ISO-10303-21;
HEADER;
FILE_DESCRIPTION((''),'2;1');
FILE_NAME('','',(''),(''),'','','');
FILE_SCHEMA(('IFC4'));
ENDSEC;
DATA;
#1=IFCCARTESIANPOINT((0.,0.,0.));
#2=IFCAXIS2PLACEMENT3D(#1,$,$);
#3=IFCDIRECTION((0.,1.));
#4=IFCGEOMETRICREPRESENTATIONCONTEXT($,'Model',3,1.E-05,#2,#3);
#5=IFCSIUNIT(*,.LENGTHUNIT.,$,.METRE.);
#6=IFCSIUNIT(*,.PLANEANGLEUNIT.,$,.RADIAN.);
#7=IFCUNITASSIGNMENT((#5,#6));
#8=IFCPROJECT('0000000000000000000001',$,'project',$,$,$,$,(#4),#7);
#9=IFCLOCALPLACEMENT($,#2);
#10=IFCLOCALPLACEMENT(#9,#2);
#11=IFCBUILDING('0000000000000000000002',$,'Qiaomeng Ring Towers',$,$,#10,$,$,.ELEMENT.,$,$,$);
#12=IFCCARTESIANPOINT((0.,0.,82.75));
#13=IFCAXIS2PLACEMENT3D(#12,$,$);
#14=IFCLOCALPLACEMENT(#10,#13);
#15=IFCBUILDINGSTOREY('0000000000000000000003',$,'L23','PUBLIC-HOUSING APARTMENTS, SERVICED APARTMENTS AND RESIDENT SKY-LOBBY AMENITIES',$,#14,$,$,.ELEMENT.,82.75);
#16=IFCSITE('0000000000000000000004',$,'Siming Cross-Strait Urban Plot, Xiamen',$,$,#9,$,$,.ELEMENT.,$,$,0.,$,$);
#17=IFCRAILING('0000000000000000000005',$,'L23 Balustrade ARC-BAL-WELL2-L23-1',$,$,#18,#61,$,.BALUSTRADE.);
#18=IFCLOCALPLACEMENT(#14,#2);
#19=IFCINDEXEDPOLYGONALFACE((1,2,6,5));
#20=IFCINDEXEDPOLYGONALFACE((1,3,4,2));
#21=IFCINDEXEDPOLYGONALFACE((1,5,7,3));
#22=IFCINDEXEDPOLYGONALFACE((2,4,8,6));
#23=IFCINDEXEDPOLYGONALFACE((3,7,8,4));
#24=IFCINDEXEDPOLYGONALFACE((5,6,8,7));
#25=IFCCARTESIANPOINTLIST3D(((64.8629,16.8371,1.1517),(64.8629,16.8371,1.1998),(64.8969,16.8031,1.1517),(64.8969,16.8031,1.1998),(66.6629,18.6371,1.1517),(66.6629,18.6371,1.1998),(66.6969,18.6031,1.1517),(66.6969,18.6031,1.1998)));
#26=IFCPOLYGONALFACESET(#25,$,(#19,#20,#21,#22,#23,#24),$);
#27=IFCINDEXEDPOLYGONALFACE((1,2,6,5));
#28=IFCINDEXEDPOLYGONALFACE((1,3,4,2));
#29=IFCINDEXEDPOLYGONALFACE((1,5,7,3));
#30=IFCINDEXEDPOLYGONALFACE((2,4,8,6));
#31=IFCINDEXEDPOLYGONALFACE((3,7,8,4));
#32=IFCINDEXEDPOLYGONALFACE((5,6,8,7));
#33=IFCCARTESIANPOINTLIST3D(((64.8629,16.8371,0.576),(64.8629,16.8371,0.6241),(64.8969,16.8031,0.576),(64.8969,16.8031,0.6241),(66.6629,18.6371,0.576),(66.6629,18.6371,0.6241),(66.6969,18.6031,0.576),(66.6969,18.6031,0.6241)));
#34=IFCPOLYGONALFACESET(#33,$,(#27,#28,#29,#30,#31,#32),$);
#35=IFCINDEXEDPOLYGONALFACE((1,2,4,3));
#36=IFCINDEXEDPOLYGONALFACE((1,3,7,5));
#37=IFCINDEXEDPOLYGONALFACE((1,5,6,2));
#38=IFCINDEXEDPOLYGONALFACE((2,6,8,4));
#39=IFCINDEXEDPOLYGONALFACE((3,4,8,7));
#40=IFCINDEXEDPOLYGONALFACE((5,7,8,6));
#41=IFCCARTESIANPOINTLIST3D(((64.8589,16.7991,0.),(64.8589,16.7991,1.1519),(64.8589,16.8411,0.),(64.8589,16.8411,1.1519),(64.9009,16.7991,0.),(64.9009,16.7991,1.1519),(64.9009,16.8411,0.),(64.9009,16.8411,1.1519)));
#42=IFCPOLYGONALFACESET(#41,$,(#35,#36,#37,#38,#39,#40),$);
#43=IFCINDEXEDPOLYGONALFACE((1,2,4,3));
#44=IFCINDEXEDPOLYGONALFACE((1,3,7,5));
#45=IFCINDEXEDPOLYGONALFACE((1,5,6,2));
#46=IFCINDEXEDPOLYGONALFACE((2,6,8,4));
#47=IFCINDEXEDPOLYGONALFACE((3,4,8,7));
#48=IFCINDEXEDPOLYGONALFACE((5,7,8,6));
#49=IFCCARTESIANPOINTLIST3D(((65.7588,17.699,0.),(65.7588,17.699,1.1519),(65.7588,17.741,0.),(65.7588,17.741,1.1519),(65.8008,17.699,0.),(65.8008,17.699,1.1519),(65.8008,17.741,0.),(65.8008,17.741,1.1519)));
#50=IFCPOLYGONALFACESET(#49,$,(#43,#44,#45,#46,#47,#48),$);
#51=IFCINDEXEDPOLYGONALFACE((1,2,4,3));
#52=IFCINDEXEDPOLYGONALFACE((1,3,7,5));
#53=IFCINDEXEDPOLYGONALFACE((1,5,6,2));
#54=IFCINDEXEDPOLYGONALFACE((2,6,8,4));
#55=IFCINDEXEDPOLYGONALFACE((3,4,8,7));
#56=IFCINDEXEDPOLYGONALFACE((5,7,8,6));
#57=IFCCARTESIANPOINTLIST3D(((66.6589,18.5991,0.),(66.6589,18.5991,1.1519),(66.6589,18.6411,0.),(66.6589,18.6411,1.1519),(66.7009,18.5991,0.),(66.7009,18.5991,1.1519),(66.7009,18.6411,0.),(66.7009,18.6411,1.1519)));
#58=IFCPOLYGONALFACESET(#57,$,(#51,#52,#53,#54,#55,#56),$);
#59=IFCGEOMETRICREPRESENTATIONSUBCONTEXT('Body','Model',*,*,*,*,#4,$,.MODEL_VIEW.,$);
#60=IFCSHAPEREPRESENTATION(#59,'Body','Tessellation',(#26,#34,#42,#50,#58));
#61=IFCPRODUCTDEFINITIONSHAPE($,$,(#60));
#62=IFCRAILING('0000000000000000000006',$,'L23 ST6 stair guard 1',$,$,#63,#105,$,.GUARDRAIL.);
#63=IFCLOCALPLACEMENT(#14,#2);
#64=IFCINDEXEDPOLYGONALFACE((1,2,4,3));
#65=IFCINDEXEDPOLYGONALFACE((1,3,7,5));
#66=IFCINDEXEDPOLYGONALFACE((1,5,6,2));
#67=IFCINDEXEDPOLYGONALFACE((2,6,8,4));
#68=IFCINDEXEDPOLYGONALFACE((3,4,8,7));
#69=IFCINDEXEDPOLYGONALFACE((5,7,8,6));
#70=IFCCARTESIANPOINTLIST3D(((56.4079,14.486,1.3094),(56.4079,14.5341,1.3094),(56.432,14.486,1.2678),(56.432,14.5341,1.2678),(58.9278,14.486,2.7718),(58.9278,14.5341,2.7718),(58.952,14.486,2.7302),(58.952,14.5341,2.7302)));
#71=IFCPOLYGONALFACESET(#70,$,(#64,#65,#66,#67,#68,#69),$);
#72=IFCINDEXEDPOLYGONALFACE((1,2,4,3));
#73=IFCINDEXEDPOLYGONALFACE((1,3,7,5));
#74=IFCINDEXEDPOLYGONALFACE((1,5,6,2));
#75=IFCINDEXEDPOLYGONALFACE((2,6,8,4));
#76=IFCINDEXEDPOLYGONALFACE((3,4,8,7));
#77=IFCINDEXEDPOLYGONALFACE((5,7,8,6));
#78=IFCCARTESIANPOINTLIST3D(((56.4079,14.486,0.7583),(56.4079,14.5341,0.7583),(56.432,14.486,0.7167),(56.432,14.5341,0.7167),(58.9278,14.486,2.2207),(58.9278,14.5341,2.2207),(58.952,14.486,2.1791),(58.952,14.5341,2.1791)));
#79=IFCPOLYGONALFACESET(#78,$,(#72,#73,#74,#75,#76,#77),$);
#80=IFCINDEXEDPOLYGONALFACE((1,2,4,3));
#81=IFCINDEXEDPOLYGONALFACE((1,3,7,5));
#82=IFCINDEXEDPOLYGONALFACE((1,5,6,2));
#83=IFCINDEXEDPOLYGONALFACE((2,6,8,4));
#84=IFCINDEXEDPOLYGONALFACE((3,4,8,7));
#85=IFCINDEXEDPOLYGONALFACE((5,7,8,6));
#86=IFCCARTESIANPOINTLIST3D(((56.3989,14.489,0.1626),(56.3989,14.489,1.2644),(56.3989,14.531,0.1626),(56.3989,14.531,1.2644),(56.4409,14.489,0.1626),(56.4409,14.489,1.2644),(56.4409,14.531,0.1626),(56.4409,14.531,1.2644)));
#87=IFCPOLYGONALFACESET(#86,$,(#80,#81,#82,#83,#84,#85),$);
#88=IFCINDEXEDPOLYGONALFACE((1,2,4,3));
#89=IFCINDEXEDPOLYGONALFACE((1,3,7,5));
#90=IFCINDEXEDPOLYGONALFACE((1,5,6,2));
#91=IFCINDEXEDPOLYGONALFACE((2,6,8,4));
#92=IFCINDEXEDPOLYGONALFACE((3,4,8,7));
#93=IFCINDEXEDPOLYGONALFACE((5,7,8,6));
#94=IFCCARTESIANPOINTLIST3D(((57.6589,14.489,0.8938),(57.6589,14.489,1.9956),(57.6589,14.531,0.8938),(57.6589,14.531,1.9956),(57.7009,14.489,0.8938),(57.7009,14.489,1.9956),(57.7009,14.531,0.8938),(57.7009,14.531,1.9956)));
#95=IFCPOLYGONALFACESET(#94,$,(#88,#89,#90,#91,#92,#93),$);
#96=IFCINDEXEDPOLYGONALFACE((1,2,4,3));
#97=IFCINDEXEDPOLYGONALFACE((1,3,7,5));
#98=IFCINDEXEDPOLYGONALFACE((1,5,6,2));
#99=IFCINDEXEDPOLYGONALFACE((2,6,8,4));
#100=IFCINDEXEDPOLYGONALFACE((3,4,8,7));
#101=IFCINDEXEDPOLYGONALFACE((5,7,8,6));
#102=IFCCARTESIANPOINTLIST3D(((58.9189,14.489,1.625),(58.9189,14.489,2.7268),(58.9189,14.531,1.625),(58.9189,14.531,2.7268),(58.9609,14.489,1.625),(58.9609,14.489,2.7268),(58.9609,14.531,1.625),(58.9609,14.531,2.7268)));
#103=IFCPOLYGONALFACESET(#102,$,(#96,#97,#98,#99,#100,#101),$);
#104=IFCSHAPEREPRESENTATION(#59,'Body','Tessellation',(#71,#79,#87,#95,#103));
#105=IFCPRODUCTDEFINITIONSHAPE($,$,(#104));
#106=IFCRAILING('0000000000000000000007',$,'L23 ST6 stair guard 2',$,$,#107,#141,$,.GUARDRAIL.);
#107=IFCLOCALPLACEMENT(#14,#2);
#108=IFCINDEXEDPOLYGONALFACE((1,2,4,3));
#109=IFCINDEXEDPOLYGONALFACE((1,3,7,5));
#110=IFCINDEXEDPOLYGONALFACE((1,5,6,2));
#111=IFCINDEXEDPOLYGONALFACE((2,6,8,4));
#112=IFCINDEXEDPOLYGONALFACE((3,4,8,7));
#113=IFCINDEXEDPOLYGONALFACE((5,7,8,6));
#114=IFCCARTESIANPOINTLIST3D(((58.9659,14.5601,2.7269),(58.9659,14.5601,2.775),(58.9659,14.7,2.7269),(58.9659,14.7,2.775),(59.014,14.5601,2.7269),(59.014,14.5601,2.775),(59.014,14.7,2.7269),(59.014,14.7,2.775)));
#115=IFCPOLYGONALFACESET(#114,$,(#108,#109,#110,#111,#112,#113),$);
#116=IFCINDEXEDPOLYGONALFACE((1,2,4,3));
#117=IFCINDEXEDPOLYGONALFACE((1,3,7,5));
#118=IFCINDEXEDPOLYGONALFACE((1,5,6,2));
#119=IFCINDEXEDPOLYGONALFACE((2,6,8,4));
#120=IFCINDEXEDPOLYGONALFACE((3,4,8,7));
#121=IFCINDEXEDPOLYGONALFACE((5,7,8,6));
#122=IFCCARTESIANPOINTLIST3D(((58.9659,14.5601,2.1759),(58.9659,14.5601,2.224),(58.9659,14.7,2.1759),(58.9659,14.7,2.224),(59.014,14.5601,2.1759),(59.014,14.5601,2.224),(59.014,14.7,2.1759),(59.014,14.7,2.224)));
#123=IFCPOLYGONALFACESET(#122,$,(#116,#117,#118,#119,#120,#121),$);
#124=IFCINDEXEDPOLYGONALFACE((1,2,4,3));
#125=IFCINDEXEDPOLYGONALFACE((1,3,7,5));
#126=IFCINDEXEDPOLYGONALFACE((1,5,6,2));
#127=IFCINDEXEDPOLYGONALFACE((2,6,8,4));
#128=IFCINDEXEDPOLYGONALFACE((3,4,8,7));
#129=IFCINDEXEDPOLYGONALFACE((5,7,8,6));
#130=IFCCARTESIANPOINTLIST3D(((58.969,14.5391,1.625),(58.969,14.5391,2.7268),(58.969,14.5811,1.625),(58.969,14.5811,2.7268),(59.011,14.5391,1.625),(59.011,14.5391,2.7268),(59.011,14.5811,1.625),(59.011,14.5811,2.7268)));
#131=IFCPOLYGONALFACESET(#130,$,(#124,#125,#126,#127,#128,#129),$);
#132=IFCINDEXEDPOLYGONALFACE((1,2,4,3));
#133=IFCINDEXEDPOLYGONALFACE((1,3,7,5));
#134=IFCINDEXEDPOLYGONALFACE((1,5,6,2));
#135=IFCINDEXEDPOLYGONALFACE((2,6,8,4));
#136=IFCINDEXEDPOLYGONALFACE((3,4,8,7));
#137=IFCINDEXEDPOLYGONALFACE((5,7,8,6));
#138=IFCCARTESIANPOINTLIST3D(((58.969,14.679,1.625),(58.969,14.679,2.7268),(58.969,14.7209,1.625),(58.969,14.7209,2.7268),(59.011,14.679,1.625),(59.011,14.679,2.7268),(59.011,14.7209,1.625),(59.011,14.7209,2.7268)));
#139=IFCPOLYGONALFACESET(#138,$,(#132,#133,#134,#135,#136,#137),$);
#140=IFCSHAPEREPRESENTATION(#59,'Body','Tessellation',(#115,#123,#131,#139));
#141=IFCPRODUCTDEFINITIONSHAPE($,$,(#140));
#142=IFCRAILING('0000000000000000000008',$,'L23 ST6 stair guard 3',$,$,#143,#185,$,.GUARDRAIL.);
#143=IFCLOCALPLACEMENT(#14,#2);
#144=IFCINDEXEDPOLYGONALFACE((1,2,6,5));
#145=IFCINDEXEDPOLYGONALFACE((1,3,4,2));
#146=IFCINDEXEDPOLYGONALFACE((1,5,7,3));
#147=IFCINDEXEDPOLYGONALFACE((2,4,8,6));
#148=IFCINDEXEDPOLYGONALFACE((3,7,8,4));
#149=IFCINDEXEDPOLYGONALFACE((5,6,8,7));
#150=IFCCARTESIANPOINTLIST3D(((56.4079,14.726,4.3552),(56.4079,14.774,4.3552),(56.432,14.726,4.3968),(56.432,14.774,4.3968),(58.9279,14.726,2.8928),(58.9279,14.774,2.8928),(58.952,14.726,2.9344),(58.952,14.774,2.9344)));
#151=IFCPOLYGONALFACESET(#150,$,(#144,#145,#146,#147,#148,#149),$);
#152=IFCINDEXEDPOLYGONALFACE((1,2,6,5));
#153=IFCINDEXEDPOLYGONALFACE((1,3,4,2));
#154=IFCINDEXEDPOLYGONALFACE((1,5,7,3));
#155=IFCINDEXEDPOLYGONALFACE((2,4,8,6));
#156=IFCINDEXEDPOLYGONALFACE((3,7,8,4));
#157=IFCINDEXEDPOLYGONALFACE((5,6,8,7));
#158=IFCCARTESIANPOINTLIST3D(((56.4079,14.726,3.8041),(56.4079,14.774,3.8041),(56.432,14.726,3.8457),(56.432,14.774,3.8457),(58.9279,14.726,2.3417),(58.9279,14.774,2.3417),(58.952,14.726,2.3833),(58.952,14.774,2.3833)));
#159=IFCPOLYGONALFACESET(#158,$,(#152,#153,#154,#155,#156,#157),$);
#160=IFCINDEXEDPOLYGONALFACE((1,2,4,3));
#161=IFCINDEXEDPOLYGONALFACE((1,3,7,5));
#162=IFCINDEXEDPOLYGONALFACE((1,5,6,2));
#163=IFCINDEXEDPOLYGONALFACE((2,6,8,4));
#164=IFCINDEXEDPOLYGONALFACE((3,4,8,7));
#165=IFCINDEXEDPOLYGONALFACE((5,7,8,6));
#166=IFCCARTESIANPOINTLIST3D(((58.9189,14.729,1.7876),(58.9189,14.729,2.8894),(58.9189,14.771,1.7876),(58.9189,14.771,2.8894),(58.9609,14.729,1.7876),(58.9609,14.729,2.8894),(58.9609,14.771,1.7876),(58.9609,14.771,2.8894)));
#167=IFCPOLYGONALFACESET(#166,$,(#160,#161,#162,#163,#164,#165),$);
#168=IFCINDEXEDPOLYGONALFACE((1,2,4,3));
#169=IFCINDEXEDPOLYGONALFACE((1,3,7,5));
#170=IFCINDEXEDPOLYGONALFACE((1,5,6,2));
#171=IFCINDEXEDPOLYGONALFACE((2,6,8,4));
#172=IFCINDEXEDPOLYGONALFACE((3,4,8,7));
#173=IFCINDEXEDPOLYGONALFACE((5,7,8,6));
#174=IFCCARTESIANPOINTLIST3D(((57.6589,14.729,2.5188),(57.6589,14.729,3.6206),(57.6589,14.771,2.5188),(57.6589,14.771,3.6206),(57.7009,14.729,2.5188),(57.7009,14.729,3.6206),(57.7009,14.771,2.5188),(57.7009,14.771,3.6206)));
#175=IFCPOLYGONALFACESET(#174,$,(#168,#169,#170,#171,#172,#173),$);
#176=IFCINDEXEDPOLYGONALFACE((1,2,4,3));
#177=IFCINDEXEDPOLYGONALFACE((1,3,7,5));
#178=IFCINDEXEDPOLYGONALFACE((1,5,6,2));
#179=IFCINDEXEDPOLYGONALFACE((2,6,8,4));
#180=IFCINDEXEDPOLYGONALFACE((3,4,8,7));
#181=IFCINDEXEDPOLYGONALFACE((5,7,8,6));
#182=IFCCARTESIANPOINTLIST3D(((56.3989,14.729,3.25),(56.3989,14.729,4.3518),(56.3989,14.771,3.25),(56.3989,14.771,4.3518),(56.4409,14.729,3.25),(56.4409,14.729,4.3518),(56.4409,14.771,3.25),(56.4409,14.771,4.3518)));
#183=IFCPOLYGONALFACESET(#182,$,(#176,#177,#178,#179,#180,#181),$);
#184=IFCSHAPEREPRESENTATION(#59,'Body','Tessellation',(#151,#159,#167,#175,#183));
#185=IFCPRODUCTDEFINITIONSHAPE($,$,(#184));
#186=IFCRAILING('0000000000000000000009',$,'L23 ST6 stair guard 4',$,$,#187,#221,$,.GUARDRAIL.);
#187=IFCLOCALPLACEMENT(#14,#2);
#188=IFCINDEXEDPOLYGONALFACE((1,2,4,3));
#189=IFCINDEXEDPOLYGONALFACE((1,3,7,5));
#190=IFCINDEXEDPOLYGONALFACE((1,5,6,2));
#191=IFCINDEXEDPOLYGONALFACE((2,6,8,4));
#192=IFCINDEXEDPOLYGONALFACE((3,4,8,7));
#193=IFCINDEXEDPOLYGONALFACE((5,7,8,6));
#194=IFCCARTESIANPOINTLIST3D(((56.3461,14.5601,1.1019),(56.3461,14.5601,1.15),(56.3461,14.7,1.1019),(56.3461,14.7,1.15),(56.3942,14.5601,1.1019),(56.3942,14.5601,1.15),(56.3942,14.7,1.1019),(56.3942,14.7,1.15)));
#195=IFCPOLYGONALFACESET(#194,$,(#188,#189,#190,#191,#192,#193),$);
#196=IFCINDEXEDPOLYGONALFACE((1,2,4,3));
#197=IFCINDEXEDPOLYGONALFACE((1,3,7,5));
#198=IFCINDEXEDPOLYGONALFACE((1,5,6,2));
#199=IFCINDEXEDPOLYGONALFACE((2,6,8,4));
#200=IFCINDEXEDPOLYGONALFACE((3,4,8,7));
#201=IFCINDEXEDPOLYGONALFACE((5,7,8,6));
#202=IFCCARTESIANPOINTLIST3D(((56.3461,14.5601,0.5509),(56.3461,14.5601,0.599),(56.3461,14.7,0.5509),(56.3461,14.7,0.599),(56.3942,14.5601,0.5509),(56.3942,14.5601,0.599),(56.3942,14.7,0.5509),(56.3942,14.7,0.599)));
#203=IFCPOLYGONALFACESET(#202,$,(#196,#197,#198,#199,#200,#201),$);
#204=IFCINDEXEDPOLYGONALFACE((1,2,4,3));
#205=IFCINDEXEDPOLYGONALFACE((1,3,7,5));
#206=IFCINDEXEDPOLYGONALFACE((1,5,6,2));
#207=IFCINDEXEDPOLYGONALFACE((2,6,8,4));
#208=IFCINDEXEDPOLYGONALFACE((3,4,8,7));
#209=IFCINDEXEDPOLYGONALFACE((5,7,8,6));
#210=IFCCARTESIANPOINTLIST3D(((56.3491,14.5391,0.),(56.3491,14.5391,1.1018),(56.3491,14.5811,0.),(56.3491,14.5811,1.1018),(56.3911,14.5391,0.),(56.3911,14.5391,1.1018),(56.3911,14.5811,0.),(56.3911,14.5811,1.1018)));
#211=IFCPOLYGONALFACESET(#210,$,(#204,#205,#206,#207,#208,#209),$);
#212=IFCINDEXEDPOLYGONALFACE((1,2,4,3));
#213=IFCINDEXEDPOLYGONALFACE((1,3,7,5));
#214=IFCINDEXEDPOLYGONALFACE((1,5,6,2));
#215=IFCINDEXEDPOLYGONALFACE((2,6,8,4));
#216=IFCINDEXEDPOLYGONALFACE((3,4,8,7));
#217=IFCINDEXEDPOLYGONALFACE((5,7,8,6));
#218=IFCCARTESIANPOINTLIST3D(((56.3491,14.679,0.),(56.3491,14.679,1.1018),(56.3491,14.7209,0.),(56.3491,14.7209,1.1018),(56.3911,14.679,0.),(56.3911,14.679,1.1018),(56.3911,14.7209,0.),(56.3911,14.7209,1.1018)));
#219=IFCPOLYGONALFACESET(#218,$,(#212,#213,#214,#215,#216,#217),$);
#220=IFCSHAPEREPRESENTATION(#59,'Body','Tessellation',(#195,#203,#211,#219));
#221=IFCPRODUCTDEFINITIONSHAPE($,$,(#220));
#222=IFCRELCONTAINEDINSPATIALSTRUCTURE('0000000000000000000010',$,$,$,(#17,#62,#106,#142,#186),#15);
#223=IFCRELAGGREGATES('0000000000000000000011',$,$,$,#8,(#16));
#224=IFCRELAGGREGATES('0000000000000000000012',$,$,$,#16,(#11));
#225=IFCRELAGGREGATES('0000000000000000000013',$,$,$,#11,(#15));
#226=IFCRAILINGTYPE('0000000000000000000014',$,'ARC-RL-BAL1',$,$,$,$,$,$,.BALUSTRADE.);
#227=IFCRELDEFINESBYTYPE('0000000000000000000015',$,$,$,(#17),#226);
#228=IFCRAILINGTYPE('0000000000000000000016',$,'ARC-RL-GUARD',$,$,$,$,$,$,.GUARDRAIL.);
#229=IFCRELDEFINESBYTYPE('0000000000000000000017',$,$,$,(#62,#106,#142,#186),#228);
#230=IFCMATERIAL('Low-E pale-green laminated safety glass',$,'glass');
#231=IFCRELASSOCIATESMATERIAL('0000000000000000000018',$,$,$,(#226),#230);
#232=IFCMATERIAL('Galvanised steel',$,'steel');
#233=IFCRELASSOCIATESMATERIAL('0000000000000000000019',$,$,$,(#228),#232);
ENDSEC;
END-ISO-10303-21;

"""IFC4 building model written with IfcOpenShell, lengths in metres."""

from ifc_helpers import new_model, si_unit, direction, frame, origin, origin_2d, place, context, subcontext, project, spatial, rectangle, extrude, material, type_object, element, save


model = new_model("IFC4")

# Units and contexts
model_context = context("Model", 3, precision=1e-05, world=origin(), true_north=direction((0.0, 1.0)))
body_context = subcontext(model_context, "Body", "Model", "MODEL_VIEW")
ifc_project = project(units=[si_unit("LENGTHUNIT", "METRE"), si_unit("PLANEANGLEUNIT", "RADIAN")], contexts=[model_context])

# Site, building, storey
site_placement = place(None, origin())
site = spatial("IfcSite", under=ifc_project, at=site_placement, Name="Siming Cross-Strait Urban Plot, Xiamen", CompositionType="ELEMENT", RefElevation=0.0)
building_placement = place(site_placement, origin())
building = spatial("IfcBuilding", under=site, at=building_placement, Name="Qiaomeng Ring Towers", CompositionType="ELEMENT")
storey_placement = place(building_placement, frame((0.0, 0.0, 82.75)))
storey = spatial("IfcBuildingStorey", under=building, at=storey_placement, Name="L23", Description="PUBLIC-HOUSING APARTMENTS, SERVICED APARTMENTS AND RESIDENT SKY-LOBBY AMENITIES", CompositionType="ELEMENT", Elevation=82.75)

# Shared definitions
ifc_material_1 = material(Name="Galvanised steel", Category="steel")

# Railings
ifc_material_2 = material(Name="Low-E pale-green laminated safety glass", Category="glass")
railing_type_1 = type_object("IfcRailingType", Name="ARC-RL-BAL1", PredefinedType="BALUSTRADE", material=ifc_material_2)
railing_1_placement = place(storey_placement, frame((64.8799, 16.8201, 0.0)))
element("IfcRailing", 1, at=railing_1_placement, inside=storey, type_object=railing_type_1, Name="L23 Balustrade ARC-BAL-WELL2-L23-1", PredefinedType="BALUSTRADE", context=body_context, shape_type="SweptSolid", body=[
    extrude(rectangle(XDim=0.0481, YDim=0.0481, at=origin_2d()), frame((0.0, 0.0, 1.1758), z_axis=(0.707107, 0.707107, 0.0), x_axis=(-0.707107, 0.707107, 0.0)), (0.0, 0.0, 1.0), 2.5457),
    extrude(rectangle(XDim=0.0481, YDim=0.0481, at=origin_2d()), frame((0.0, 0.0, 0.6001), z_axis=(0.707107, 0.707107, 0.0), x_axis=(-0.707107, 0.707107, 0.0)), (0.0, 0.0, 1.0), 2.5457),
    extrude(rectangle(XDim=0.042, YDim=0.042, at=origin_2d()), origin(), (0.0, 0.0, 1.0), 1.1519),
    extrude(rectangle(XDim=0.042, YDim=0.042, at=origin_2d()), frame((0.8999, 0.8999, 0.0)), (0.0, 0.0, 1.0), 1.1519),
    extrude(rectangle(XDim=0.042, YDim=0.042, at=origin_2d()), frame((1.8, 1.8, 0.0)), (0.0, 0.0, 1.0), 1.1519),
])
railing_type_2 = type_object("IfcRailingType", Name="ARC-RL-GUARD", PredefinedType="GUARDRAIL", material=ifc_material_1)
railing_2_placement = place(storey_placement, frame((56.4199, 14.51, 0.1626)))
element("IfcRailing", 2, at=railing_2_placement, inside=storey, type_object=railing_type_2, Name="L23 ST6 stair guard 1", PredefinedType="GUARDRAIL", context=body_context, shape_type="SweptSolid", body=[
    extrude(rectangle(XDim=0.0481, YDim=0.0481, at=origin_2d()), frame((0.0, 0.0, 1.126), z_axis=(0.864913, 0.0, 0.501921), x_axis=(0.0, 1.0, 0.0)), (0.0, 0.0, 1.0), 2.9136),
    extrude(rectangle(XDim=0.0481, YDim=0.0481, at=origin_2d()), frame((0.0, 0.0, 0.575), z_axis=(0.864913, 0.0, 0.501921), x_axis=(0.0, 1.0, 0.0)), (0.0, 0.0, 1.0), 2.9136),
    extrude(rectangle(XDim=0.042, YDim=0.042, at=origin_2d()), origin(), (0.0, 0.0, 1.0), 1.1018),
    extrude(rectangle(XDim=0.042, YDim=0.042, at=origin_2d()), frame((1.26, 0.0, 0.7312)), (0.0, 0.0, 1.0), 1.1018),
    extrude(rectangle(XDim=0.042, YDim=0.042, at=origin_2d()), frame((2.52, 0.0, 1.4624)), (0.0, 0.0, 1.0), 1.1018),
])
railing_3_placement = place(storey_placement, frame((58.99, 14.5601, 1.625)))
element("IfcRailing", 3, at=railing_3_placement, inside=storey, type_object=railing_type_2, Name="L23 ST6 stair guard 2", PredefinedType="GUARDRAIL", context=body_context, shape_type="SweptSolid", body=[
    extrude(rectangle(XDim=0.0481, YDim=0.0481, at=origin_2d()), frame((0.0, 0.0, 1.126), z_axis=(0.0, 1.0, 0.0), x_axis=(-1.0, 0.0, 0.0)), (0.0, 0.0, 1.0), 0.1399),
    extrude(rectangle(XDim=0.0481, YDim=0.0481, at=origin_2d()), frame((0.0, 0.0, 0.575), z_axis=(0.0, 1.0, 0.0), x_axis=(-1.0, 0.0, 0.0)), (0.0, 0.0, 1.0), 0.1399),
    extrude(rectangle(XDim=0.042, YDim=0.042, at=origin_2d()), origin(), (0.0, 0.0, 1.0), 1.1018),
    extrude(rectangle(XDim=0.042, YDim=0.042, at=origin_2d()), frame((0.0, 0.1399, 0.0)), (0.0, 0.0, 1.0), 1.1018),
])
railing_4_placement = place(storey_placement, frame((58.9399, 14.75, 1.7876)))
element("IfcRailing", 4, at=railing_4_placement, inside=storey, type_object=railing_type_2, Name="L23 ST6 stair guard 3", PredefinedType="GUARDRAIL", context=body_context, shape_type="SweptSolid", body=[
    extrude(rectangle(XDim=0.0481, YDim=0.0481, at=origin_2d()), frame((0.0, 0.0, 1.126), z_axis=(-0.864913, 0.0, 0.501921), x_axis=(0.0, -1.0, 0.0)), (0.0, 0.0, 1.0), 2.9136),
    extrude(rectangle(XDim=0.0481, YDim=0.0481, at=origin_2d()), frame((0.0, 0.0, 0.575), z_axis=(-0.864913, 0.0, 0.501921), x_axis=(0.0, -1.0, 0.0)), (0.0, 0.0, 1.0), 2.9136),
    extrude(rectangle(XDim=0.042, YDim=0.042, at=origin_2d()), origin(), (0.0, 0.0, 1.0), 1.1018),
    extrude(rectangle(XDim=0.042, YDim=0.042, at=origin_2d()), frame((-1.26, 0.0, 0.7312)), (0.0, 0.0, 1.0), 1.1018),
    extrude(rectangle(XDim=0.042, YDim=0.042, at=origin_2d()), frame((-2.52, 0.0, 1.4624)), (0.0, 0.0, 1.0), 1.1018),
])
railing_5_placement = place(storey_placement, frame((56.3701, 14.5601, 0.0)))
element("IfcRailing", 5, at=railing_5_placement, inside=storey, type_object=railing_type_2, Name="L23 ST6 stair guard 4", PredefinedType="GUARDRAIL", context=body_context, shape_type="SweptSolid", body=[
    extrude(rectangle(XDim=0.0481, YDim=0.0481, at=origin_2d()), frame((0.0, 0.0, 1.126), z_axis=(0.0, 1.0, 0.0), x_axis=(-1.0, 0.0, 0.0)), (0.0, 0.0, 1.0), 0.1399),
    extrude(rectangle(XDim=0.0481, YDim=0.0481, at=origin_2d()), frame((0.0, 0.0, 0.575), z_axis=(0.0, 1.0, 0.0), x_axis=(-1.0, 0.0, 0.0)), (0.0, 0.0, 1.0), 0.1399),
    extrude(rectangle(XDim=0.042, YDim=0.042, at=origin_2d()), origin(), (0.0, 0.0, 1.0), 1.1018),
    extrude(rectangle(XDim=0.042, YDim=0.042, at=origin_2d()), frame((0.0, 0.1399, 0.0)), (0.0, 0.0, 1.0), 1.1018),
])

save(model, "model.ifc")
